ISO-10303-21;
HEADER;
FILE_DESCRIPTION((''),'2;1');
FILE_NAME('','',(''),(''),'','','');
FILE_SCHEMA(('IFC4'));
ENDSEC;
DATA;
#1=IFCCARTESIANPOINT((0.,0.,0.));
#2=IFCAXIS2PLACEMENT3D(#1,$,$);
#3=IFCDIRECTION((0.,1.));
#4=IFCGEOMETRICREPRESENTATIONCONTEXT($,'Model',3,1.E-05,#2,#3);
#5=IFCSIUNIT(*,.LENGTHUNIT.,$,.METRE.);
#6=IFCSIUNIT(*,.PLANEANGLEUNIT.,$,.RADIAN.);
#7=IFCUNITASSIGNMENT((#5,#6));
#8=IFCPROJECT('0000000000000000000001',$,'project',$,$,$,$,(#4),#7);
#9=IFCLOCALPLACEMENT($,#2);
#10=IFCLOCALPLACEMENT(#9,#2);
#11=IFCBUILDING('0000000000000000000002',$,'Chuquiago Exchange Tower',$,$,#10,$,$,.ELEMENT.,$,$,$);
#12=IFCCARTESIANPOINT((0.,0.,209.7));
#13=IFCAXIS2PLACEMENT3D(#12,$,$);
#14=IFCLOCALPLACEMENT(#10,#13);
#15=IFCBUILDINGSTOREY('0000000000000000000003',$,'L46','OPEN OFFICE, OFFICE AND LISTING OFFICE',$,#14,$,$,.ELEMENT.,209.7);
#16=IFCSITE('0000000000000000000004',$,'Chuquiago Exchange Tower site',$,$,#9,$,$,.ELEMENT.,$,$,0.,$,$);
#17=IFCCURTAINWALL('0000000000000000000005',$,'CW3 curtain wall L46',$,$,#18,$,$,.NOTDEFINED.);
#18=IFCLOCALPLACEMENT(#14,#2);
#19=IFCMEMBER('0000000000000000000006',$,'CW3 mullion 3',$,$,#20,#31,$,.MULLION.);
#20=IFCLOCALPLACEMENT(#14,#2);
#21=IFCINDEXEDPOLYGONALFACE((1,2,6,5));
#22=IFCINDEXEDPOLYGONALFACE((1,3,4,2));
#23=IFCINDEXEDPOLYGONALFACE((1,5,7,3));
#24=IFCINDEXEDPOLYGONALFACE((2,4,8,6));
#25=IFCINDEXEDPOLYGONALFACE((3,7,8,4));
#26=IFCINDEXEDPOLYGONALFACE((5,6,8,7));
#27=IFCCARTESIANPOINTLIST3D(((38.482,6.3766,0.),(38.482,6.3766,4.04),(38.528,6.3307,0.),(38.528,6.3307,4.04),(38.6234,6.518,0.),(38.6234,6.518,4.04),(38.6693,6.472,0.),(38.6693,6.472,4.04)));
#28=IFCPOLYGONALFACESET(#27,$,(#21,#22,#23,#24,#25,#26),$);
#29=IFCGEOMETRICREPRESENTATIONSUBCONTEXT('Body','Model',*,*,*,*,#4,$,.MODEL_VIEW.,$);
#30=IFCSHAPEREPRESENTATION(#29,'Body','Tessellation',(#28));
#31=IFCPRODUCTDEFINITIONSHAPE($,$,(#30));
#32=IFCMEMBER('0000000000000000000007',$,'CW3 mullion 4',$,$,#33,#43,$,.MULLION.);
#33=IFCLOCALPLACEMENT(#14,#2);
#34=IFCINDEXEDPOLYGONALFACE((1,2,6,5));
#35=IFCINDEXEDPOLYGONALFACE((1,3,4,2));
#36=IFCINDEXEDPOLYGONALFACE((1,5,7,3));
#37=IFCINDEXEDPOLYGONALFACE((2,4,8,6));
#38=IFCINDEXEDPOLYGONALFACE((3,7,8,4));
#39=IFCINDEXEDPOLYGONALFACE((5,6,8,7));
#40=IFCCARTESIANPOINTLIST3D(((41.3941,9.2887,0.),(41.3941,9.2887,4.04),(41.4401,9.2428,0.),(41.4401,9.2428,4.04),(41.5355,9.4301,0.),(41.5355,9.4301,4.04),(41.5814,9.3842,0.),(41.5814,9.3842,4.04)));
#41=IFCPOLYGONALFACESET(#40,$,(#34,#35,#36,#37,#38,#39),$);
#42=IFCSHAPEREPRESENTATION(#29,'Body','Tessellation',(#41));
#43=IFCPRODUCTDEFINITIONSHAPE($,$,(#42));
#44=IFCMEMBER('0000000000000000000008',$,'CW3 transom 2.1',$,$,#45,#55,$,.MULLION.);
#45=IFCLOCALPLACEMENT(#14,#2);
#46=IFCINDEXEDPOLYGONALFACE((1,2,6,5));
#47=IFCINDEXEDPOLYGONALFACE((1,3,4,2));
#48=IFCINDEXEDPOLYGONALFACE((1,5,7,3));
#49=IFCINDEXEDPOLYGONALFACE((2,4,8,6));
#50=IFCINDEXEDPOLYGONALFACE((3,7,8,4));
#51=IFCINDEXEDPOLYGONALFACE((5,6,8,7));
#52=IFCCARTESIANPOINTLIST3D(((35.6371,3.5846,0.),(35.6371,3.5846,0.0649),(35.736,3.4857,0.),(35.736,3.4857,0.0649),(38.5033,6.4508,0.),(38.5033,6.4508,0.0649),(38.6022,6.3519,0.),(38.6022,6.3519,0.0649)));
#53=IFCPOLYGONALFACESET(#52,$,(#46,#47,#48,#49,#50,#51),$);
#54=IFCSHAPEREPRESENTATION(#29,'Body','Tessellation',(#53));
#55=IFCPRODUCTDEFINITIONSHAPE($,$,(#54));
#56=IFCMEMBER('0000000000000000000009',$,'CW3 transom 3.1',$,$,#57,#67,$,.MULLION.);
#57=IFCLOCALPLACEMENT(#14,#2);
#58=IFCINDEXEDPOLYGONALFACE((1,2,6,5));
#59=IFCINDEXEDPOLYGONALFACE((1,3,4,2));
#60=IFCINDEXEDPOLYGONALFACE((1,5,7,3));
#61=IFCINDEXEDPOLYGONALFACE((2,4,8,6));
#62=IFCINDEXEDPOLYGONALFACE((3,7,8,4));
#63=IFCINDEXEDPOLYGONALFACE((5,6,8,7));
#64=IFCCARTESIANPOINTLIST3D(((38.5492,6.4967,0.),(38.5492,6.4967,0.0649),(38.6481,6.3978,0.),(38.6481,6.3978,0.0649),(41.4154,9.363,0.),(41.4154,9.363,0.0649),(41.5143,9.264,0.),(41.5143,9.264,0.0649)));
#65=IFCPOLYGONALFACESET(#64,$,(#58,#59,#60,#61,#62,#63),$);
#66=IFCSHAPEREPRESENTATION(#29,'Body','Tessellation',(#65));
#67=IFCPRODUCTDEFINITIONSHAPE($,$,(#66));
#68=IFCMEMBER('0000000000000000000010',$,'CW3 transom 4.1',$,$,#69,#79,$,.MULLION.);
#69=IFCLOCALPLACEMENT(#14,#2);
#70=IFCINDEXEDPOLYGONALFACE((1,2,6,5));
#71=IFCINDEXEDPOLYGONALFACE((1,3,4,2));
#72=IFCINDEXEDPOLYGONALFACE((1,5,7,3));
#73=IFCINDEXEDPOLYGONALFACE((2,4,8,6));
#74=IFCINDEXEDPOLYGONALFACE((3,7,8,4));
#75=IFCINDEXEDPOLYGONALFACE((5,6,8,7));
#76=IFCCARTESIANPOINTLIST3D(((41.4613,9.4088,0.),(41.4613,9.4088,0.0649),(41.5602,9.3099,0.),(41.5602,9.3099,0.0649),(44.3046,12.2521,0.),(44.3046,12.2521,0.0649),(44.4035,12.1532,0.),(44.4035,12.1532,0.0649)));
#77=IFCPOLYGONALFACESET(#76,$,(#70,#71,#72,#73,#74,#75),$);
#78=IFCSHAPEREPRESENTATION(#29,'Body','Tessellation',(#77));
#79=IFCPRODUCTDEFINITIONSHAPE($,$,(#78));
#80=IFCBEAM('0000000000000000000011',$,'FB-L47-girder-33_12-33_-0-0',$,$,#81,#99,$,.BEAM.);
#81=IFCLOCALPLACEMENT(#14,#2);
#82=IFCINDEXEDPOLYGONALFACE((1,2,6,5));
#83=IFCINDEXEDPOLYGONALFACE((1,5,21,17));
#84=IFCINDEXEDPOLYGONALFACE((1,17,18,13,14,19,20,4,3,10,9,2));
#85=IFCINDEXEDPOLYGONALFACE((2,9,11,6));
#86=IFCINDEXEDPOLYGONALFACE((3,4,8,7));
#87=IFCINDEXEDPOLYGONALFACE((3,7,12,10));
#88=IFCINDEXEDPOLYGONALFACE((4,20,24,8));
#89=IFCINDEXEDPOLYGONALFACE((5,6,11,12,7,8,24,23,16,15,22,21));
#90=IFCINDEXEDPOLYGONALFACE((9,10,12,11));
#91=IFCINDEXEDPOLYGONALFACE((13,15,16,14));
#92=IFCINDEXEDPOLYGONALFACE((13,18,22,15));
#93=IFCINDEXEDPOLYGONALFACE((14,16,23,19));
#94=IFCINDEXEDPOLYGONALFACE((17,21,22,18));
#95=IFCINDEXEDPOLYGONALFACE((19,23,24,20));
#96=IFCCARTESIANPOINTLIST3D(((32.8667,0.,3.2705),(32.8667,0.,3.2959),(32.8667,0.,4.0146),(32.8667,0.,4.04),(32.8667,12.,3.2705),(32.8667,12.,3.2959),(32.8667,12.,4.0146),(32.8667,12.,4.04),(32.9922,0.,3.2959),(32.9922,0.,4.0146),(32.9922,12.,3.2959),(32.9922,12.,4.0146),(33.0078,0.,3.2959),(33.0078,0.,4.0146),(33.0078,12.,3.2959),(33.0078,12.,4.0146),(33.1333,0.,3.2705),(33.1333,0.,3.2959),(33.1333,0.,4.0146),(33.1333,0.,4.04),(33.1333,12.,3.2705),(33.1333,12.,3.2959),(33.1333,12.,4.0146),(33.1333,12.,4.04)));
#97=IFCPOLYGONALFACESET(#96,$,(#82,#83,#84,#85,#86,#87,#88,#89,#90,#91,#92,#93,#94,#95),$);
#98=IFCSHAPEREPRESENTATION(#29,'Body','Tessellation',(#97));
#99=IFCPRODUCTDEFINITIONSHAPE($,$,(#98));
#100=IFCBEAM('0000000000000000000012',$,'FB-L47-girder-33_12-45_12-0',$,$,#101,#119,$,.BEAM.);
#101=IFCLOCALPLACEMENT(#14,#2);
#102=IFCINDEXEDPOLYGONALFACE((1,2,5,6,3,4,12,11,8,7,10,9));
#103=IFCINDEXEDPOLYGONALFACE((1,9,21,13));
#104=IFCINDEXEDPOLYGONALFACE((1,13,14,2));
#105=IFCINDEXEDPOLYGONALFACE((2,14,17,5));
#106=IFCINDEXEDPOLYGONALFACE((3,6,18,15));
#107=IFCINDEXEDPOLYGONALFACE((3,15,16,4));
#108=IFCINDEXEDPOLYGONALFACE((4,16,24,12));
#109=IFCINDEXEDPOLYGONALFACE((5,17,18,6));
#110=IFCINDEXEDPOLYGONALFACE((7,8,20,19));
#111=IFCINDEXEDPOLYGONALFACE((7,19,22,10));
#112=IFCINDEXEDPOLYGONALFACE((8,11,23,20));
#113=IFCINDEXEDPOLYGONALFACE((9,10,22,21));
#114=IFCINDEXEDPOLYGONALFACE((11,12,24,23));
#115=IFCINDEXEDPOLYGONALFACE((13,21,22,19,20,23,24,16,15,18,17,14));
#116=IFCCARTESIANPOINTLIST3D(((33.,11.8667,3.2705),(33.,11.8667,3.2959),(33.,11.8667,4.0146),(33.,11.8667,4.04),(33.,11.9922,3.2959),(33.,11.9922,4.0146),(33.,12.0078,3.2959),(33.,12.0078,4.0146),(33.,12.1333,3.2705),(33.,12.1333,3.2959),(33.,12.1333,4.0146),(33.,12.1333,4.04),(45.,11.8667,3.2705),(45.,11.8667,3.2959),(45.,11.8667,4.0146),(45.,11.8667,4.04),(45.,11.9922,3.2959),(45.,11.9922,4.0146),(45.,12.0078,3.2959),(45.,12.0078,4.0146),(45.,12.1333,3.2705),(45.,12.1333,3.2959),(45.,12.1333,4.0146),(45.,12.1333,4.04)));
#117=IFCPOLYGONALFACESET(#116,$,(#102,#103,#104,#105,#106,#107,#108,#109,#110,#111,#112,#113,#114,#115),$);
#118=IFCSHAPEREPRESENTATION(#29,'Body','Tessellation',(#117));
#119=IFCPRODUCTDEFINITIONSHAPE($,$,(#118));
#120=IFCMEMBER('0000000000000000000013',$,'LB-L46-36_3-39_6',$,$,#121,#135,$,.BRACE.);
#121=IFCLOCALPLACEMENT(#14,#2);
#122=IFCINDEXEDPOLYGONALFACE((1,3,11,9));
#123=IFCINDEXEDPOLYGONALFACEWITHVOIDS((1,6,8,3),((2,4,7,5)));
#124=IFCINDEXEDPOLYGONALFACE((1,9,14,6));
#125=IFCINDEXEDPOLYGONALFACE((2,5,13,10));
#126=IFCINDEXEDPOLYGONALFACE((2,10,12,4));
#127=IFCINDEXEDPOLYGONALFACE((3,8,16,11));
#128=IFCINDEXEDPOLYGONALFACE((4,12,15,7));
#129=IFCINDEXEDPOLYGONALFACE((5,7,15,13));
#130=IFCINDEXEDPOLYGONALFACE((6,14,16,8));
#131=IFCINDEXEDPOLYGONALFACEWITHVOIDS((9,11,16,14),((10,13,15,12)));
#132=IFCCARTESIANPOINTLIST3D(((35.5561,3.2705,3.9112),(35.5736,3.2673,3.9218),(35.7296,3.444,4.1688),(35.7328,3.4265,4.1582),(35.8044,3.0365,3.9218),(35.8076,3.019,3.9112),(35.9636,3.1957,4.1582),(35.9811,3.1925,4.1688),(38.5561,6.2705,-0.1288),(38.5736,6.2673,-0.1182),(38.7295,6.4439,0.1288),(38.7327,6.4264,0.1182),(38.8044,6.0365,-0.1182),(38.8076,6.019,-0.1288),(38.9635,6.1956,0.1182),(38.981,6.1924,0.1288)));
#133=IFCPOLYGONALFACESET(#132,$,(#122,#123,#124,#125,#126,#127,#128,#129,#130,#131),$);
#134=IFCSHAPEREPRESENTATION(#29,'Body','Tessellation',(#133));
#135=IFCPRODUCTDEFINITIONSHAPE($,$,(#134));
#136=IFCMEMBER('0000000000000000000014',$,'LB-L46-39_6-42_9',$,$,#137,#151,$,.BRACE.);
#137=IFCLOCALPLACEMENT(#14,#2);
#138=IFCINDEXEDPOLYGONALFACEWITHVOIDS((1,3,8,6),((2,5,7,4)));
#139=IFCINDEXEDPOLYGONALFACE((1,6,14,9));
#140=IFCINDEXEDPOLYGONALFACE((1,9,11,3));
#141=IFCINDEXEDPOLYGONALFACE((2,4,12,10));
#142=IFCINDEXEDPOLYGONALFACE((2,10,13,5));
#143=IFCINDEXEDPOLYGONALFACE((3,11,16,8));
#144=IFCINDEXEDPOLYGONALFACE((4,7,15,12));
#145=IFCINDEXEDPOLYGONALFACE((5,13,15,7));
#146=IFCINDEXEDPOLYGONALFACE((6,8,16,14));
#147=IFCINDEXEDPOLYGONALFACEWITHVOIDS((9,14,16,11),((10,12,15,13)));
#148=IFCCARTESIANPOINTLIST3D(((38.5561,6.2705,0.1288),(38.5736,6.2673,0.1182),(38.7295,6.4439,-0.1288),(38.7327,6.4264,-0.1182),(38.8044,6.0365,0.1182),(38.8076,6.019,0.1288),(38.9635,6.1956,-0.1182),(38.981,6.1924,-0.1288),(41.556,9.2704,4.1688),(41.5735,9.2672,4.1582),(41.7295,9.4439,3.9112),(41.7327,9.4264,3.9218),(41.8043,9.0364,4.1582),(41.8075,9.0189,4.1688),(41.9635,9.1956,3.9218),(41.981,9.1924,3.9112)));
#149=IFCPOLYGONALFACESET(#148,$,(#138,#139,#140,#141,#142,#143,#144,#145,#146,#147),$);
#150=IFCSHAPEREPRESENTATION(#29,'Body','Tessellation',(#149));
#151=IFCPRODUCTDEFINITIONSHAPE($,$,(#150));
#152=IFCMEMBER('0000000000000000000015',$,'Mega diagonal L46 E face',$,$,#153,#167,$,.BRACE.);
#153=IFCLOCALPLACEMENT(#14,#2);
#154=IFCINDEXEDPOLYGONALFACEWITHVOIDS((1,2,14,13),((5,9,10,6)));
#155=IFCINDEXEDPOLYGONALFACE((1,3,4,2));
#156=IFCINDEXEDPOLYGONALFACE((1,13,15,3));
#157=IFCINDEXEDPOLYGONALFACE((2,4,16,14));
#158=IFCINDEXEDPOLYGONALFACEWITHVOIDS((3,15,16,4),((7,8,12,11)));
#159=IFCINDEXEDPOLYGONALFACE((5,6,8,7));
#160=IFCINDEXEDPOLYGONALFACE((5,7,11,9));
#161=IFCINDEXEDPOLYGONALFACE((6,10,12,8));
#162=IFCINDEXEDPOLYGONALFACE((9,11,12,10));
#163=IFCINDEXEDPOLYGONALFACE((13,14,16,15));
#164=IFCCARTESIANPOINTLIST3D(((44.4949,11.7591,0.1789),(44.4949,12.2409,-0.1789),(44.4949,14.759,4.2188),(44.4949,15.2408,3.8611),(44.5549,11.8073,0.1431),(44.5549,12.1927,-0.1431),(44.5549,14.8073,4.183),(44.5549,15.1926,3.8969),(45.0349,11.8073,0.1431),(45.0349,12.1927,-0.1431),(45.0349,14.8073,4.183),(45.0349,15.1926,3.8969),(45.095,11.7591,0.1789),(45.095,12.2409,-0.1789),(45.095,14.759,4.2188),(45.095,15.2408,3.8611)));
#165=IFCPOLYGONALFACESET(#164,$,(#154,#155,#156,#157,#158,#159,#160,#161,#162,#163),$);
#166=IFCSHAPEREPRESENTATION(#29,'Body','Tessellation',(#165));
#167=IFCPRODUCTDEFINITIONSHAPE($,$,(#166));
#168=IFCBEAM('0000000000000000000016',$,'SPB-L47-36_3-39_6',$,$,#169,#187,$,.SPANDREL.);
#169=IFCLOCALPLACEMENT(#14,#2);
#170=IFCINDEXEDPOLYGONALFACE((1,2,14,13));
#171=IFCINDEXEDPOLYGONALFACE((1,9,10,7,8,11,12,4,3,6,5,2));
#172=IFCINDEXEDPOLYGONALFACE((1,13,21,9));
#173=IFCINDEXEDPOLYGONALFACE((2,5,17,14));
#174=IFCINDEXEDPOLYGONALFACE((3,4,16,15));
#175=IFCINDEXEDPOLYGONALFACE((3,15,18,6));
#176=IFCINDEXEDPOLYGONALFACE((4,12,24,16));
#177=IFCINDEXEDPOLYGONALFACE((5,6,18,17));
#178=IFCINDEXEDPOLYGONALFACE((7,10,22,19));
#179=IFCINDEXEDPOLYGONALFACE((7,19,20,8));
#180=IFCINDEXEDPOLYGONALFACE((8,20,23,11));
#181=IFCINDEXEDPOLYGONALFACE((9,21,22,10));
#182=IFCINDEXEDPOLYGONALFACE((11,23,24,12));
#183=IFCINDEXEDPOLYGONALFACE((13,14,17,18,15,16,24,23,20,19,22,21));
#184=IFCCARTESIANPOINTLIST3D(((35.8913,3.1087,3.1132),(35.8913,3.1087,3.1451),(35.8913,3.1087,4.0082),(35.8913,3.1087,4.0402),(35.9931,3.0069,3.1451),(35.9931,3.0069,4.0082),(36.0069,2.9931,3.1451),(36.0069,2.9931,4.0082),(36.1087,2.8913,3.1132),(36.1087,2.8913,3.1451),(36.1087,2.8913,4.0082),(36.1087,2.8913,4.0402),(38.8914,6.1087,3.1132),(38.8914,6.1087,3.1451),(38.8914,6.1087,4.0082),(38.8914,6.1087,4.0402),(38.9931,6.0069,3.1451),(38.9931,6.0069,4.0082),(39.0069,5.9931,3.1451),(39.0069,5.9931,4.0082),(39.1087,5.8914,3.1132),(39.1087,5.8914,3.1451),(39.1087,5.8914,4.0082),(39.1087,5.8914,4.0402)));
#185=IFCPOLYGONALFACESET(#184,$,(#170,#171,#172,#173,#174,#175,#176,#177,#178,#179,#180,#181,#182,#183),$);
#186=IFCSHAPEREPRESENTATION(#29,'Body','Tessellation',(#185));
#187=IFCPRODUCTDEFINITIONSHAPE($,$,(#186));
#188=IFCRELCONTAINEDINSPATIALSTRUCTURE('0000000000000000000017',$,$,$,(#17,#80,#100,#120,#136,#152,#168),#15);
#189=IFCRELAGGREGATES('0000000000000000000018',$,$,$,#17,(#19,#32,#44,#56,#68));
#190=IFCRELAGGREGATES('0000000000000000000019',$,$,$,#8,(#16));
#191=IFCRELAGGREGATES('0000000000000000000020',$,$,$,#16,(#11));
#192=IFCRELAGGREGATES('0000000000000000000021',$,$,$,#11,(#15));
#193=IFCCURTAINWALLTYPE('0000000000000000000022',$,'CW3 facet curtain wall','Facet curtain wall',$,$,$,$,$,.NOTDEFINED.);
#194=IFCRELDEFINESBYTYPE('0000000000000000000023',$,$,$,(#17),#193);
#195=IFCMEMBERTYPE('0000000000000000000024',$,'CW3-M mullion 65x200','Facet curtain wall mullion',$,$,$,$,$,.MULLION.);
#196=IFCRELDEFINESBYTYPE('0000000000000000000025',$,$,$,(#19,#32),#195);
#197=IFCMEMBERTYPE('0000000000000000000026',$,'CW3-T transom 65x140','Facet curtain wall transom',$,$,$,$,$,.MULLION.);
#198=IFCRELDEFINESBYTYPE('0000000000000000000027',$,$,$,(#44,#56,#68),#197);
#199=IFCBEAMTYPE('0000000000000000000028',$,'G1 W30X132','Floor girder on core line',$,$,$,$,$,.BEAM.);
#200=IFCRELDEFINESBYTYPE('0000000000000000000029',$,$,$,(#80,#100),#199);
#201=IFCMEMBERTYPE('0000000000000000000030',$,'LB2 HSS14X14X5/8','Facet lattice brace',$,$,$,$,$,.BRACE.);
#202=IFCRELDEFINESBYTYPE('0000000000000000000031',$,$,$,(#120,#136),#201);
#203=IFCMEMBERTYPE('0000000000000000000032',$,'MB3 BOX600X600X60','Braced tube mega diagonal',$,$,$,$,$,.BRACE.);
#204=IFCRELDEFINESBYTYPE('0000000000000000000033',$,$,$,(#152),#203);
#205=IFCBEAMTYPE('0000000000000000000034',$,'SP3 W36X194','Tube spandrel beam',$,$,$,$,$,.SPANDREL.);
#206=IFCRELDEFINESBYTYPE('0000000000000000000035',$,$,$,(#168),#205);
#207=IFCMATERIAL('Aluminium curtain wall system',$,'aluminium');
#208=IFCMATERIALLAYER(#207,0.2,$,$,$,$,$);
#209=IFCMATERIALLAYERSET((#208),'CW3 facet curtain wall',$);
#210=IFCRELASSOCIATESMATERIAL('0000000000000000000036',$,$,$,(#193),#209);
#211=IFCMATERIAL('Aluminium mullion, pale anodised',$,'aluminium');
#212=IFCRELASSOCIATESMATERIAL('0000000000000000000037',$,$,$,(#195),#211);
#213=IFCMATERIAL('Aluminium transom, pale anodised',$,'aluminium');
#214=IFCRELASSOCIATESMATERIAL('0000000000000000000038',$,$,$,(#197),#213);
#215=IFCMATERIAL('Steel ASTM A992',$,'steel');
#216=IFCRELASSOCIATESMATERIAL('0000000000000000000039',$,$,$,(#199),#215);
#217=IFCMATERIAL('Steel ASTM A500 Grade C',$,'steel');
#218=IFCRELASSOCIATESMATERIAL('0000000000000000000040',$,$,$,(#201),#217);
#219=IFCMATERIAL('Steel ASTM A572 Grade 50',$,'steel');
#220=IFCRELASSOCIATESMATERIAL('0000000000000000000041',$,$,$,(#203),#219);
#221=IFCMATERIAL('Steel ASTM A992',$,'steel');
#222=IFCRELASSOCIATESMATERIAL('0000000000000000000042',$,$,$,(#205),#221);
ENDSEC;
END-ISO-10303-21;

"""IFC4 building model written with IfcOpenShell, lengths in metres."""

from ifc_helpers import new_model, si_unit, direction, frame, origin, origin_2d, place, context, subcontext, project, spatial, rectangle, hollow_rectangle, i_section, extrude, material, layer, layer_set, material_profile, profile_set, type_object, element, aggregate, save


model = new_model("IFC4")

# Units and contexts
model_context = context("Model", 3, precision=1e-05, world=origin(), true_north=direction((0.0, 1.0)))
body_context = subcontext(model_context, "Body", "Model", "MODEL_VIEW")
ifc_project = project(units=[si_unit("LENGTHUNIT", "METRE"), si_unit("PLANEANGLEUNIT", "RADIAN")], contexts=[model_context])

# Site, building, storey
site_placement = place(None, origin())
site = spatial("IfcSite", under=ifc_project, at=site_placement, Name="Chuquiago Exchange Tower site", CompositionType="ELEMENT", RefElevation=0.0)
building_placement = place(site_placement, origin())
building = spatial("IfcBuilding", under=site, at=building_placement, Name="Chuquiago Exchange Tower", CompositionType="ELEMENT")
storey_placement = place(building_placement, frame((0.0, 0.0, 209.7)))
storey = spatial("IfcBuildingStorey", under=building, at=storey_placement, Name="L46", Description="OPEN OFFICE, OFFICE AND LISTING OFFICE", CompositionType="ELEMENT", Elevation=209.7)

# Curtain wall, members
ifc_material_1 = material(Name="Aluminium curtain wall system", Category="aluminium")
ifc_layer_1 = layer(ifc_material_1, 0.2)
ifc_layer_set_1 = layer_set([ifc_layer_1], Name="CW3 facet curtain wall")
curtain_wall_type = type_object("IfcCurtainWallType", Name="CW3 facet curtain wall", Description="Facet curtain wall", PredefinedType="NOTDEFINED", material=ifc_layer_set_1)
curtain_wall_placement = place(storey_placement, origin())
curtain_wall = element("IfcCurtainWall", 1, at=curtain_wall_placement, inside=storey, type_object=curtain_wall_type, Name="CW3 curtain wall L46", PredefinedType="NOTDEFINED")
ifc_material_2 = material(Name="Aluminium mullion, pale anodised", Category="aluminium")
ifc_material_profile_1 = material_profile(ifc_material_2, rectangle(XDim=0.0649, YDim=0.2, at=origin_2d()), Name="AL 65x200")
ifc_profile_set_1 = profile_set([ifc_material_profile_1], Name="Aluminium mullion, pale anodised")
member_type_1 = type_object("IfcMemberType", Name="CW3-M mullion 65x200", Description="Facet curtain wall mullion", PredefinedType="MULLION", material=ifc_profile_set_1)
member_1_placement = place(storey_placement, frame((38.5757, 6.4243, 0.0), z_axis=(0.0, 0.0, 1.0), x_axis=(-0.707107, 0.707107, 0.0)))
member_1 = element("IfcMember", 2, at=member_1_placement, type_object=member_type_1, Name="CW3 mullion 3", PredefinedType="MULLION", context=body_context, shape_type="SweptSolid", body=[
    extrude(rectangle(XDim=0.0649, YDim=0.2, at=origin_2d()), origin(), (0.0, 0.0, 1.0), 4.04),
])
member_2_placement = place(storey_placement, frame((41.4878, 9.3364, 0.0), z_axis=(0.0, 0.0, 1.0), x_axis=(-0.707107, 0.707107, 0.0)))
member_2 = element("IfcMember", 3, at=member_2_placement, type_object=member_type_1, Name="CW3 mullion 4", PredefinedType="MULLION", context=body_context, shape_type="SweptSolid", body=[
    extrude(rectangle(XDim=0.0649, YDim=0.2, at=origin_2d()), origin(), (0.0, 0.0, 1.0), 4.04),
])
ifc_material_3 = material(Name="Aluminium transom, pale anodised", Category="aluminium")
ifc_material_profile_2 = material_profile(ifc_material_3, rectangle(XDim=0.1399, YDim=0.0649, at=origin_2d()), Name="AL 140x65")
ifc_profile_set_2 = profile_set([ifc_material_profile_2], Name="Aluminium transom, pale anodised")
member_type_2 = type_object("IfcMemberType", Name="CW3-T transom 65x140", Description="Facet curtain wall transom", PredefinedType="MULLION", material=ifc_profile_set_2)
member_3_placement = place(storey_placement, frame((35.6865, 3.5352, 0.0325), z_axis=(0.707107, 0.707107, 0.0), x_axis=(-0.707107, 0.707107, 0.0)))
member_3 = element("IfcMember", 4, at=member_3_placement, type_object=member_type_2, Name="CW3 transom 2.1", PredefinedType="MULLION", context=body_context, shape_type="SweptSolid", body=[
    extrude(rectangle(XDim=0.1399, YDim=0.0649, at=origin_2d()), origin(), (0.0, 0.0, 1.0), 4.0535),
])
member_4_placement = place(storey_placement, frame((38.5986, 6.4473, 0.0325), z_axis=(0.707107, 0.707107, 0.0), x_axis=(-0.707107, 0.707107, 0.0)))
member_4 = element("IfcMember", 5, at=member_4_placement, type_object=member_type_2, Name="CW3 transom 3.1", PredefinedType="MULLION", context=body_context, shape_type="SweptSolid", body=[
    extrude(rectangle(XDim=0.1399, YDim=0.0649, at=origin_2d()), origin(), (0.0, 0.0, 1.0), 4.0535),
])
member_5_placement = place(storey_placement, frame((41.5107, 9.3594, 0.0325), z_axis=(0.707107, 0.707107, 0.0), x_axis=(-0.707107, 0.707107, 0.0)))
member_5 = element("IfcMember", 6, at=member_5_placement, type_object=member_type_2, Name="CW3 transom 4.1", PredefinedType="MULLION", context=body_context, shape_type="SweptSolid", body=[
    extrude(rectangle(XDim=0.1399, YDim=0.0649, at=origin_2d()), origin(), (0.0, 0.0, 1.0), 4.021),
])

# Beams
ifc_material_4 = material(Name="Steel ASTM A992", Category="steel")
ifc_material_profile_3 = material_profile(ifc_material_4, i_section(OverallWidth=0.2666, OverallDepth=0.7695, WebThickness=0.0156, FlangeThickness=0.0254, at=origin_2d()), Name="W30X132")
ifc_profile_set_3 = profile_set([ifc_material_profile_3], Name="Steel ASTM A992")
beam_type_1 = type_object("IfcBeamType", Name="G1 W30X132", Description="Floor girder on core line", PredefinedType="BEAM", material=ifc_profile_set_3)
for number, where, z_axis, x_axis, name in (
    (7, (33.0, 12.0, 3.6553), (0.0, -1.0, 0.0), (1.0, 0.0, 0.0), "FB-L47-girder-33_12-33_-0-0"),
    (8, (33.0, 12.0, 3.6553), (1.0, 0.0, 0.0), (0.0, 1.0, 0.0), "FB-L47-girder-33_12-45_12-0"),
):
    element("IfcBeam", number, at=place(storey_placement, frame(where, z_axis=z_axis, x_axis=x_axis)), inside=storey, type_object=beam_type_1, Name=name, PredefinedType="BEAM", context=body_context, shape_type="SweptSolid", body=[
        extrude(i_section(OverallWidth=0.2666, OverallDepth=0.7695, WebThickness=0.0156, FlangeThickness=0.0254, at=origin_2d()), origin(), (0.0, 0.0, 1.0), 12.0),
    ])

# Members
ifc_material_5 = material(Name="Steel ASTM A500 Grade C", Category="steel")
ifc_material_profile_4 = material_profile(ifc_material_5, hollow_rectangle(XDim=0.3557, YDim=0.3557, WallThickness=0.0146, at=origin_2d()), Name="HSS14X14X5/8")
ifc_profile_set_4 = profile_set([ifc_material_profile_4], Name="Steel ASTM A500 Grade C")
member_type_3 = type_object("IfcMemberType", Name="LB2 HSS14X14X5/8", Description="Facet lattice brace", PredefinedType="BRACE", material=ifc_profile_set_4)
for number, where, z_axis, x_axis, name in (
    (9, (38.7686, 6.2314, 0.0), (-0.512077, -0.512077, 0.689604), (0.707107, -0.707107, 0.0), "LB-L46-36_3-39_6"),
    (10, (38.7686, 6.2314, 0.0), (0.512077, 0.512077, 0.689604), (-0.707107, 0.707107, 0.0), "LB-L46-39_6-42_9"),
):
    element("IfcMember", number, at=place(storey_placement, frame(where, z_axis=z_axis, x_axis=x_axis)), inside=storey, type_object=member_type_3, Name=name, PredefinedType="BRACE", context=body_context, shape_type="SweptSolid", body=[
        extrude(hollow_rectangle(XDim=0.3557, YDim=0.3557, WallThickness=0.0146, at=origin_2d()), origin(), (0.0, 0.0, 1.0), 5.8584),
    ])
ifc_material_6 = material(Name="Steel ASTM A572 Grade 50", Category="steel")
ifc_material_profile_5 = material_profile(ifc_material_6, hollow_rectangle(XDim=0.6001, YDim=0.6001, WallThickness=0.0601, at=origin_2d()), Name="BOX600X600X60")
ifc_profile_set_5 = profile_set([ifc_material_profile_5], Name="Steel ASTM A572 Grade 50")
member_type_4 = type_object("IfcMemberType", Name="MB3 BOX600X600X60", Description="Braced tube mega diagonal", PredefinedType="BRACE", material=ifc_profile_set_5)
member_6_placement = place(storey_placement, frame((44.7949, 12.0, 0.0), z_axis=(0.0, 0.596174, 0.802855), x_axis=(-1.0, 0.0, 0.0)))
element("IfcMember", 11, at=member_6_placement, inside=storey, type_object=member_type_4, Name="Mega diagonal L46 E face", PredefinedType="BRACE", context=body_context, shape_type="SweptSolid", body=[
    extrude(hollow_rectangle(XDim=0.6001, YDim=0.6001, WallThickness=0.0601, at=origin_2d()), origin(), (0.0, 0.0, 1.0), 5.032),
])

# Beam
ifc_material_7 = material(Name="Steel ASTM A992", Category="steel")
ifc_material_profile_6 = material_profile(ifc_material_7, i_section(OverallWidth=0.3074, OverallDepth=0.927, WebThickness=0.0195, FlangeThickness=0.032, at=origin_2d()), Name="W36X194")
ifc_profile_set_6 = profile_set([ifc_material_profile_6], Name="Steel ASTM A992")
beam_type_2 = type_object("IfcBeamType", Name="SP3 W36X194", Description="Tube spandrel beam", PredefinedType="SPANDREL", material=ifc_profile_set_6)
for number, where, z_axis, x_axis, name in (
    (12, (36.0, 3.0, 3.5767), (0.707107, 0.707107, 0.0), (-0.707107, 0.707107, 0.0), "SPB-L47-36_3-39_6"),
):
    element("IfcBeam", number, at=place(storey_placement, frame(where, z_axis=z_axis, x_axis=x_axis)), inside=storey, type_object=beam_type_2, Name=name, PredefinedType="SPANDREL", context=body_context, shape_type="SweptSolid", body=[
        extrude(i_section(OverallWidth=0.3074, OverallDepth=0.927, WebThickness=0.0195, FlangeThickness=0.032, at=origin_2d()), origin(), (0.0, 0.0, 1.0), 4.2427),
    ])

aggregate(curtain_wall, [member_1, member_2, member_3, member_4, member_5])

save(model, "model.ifc")
